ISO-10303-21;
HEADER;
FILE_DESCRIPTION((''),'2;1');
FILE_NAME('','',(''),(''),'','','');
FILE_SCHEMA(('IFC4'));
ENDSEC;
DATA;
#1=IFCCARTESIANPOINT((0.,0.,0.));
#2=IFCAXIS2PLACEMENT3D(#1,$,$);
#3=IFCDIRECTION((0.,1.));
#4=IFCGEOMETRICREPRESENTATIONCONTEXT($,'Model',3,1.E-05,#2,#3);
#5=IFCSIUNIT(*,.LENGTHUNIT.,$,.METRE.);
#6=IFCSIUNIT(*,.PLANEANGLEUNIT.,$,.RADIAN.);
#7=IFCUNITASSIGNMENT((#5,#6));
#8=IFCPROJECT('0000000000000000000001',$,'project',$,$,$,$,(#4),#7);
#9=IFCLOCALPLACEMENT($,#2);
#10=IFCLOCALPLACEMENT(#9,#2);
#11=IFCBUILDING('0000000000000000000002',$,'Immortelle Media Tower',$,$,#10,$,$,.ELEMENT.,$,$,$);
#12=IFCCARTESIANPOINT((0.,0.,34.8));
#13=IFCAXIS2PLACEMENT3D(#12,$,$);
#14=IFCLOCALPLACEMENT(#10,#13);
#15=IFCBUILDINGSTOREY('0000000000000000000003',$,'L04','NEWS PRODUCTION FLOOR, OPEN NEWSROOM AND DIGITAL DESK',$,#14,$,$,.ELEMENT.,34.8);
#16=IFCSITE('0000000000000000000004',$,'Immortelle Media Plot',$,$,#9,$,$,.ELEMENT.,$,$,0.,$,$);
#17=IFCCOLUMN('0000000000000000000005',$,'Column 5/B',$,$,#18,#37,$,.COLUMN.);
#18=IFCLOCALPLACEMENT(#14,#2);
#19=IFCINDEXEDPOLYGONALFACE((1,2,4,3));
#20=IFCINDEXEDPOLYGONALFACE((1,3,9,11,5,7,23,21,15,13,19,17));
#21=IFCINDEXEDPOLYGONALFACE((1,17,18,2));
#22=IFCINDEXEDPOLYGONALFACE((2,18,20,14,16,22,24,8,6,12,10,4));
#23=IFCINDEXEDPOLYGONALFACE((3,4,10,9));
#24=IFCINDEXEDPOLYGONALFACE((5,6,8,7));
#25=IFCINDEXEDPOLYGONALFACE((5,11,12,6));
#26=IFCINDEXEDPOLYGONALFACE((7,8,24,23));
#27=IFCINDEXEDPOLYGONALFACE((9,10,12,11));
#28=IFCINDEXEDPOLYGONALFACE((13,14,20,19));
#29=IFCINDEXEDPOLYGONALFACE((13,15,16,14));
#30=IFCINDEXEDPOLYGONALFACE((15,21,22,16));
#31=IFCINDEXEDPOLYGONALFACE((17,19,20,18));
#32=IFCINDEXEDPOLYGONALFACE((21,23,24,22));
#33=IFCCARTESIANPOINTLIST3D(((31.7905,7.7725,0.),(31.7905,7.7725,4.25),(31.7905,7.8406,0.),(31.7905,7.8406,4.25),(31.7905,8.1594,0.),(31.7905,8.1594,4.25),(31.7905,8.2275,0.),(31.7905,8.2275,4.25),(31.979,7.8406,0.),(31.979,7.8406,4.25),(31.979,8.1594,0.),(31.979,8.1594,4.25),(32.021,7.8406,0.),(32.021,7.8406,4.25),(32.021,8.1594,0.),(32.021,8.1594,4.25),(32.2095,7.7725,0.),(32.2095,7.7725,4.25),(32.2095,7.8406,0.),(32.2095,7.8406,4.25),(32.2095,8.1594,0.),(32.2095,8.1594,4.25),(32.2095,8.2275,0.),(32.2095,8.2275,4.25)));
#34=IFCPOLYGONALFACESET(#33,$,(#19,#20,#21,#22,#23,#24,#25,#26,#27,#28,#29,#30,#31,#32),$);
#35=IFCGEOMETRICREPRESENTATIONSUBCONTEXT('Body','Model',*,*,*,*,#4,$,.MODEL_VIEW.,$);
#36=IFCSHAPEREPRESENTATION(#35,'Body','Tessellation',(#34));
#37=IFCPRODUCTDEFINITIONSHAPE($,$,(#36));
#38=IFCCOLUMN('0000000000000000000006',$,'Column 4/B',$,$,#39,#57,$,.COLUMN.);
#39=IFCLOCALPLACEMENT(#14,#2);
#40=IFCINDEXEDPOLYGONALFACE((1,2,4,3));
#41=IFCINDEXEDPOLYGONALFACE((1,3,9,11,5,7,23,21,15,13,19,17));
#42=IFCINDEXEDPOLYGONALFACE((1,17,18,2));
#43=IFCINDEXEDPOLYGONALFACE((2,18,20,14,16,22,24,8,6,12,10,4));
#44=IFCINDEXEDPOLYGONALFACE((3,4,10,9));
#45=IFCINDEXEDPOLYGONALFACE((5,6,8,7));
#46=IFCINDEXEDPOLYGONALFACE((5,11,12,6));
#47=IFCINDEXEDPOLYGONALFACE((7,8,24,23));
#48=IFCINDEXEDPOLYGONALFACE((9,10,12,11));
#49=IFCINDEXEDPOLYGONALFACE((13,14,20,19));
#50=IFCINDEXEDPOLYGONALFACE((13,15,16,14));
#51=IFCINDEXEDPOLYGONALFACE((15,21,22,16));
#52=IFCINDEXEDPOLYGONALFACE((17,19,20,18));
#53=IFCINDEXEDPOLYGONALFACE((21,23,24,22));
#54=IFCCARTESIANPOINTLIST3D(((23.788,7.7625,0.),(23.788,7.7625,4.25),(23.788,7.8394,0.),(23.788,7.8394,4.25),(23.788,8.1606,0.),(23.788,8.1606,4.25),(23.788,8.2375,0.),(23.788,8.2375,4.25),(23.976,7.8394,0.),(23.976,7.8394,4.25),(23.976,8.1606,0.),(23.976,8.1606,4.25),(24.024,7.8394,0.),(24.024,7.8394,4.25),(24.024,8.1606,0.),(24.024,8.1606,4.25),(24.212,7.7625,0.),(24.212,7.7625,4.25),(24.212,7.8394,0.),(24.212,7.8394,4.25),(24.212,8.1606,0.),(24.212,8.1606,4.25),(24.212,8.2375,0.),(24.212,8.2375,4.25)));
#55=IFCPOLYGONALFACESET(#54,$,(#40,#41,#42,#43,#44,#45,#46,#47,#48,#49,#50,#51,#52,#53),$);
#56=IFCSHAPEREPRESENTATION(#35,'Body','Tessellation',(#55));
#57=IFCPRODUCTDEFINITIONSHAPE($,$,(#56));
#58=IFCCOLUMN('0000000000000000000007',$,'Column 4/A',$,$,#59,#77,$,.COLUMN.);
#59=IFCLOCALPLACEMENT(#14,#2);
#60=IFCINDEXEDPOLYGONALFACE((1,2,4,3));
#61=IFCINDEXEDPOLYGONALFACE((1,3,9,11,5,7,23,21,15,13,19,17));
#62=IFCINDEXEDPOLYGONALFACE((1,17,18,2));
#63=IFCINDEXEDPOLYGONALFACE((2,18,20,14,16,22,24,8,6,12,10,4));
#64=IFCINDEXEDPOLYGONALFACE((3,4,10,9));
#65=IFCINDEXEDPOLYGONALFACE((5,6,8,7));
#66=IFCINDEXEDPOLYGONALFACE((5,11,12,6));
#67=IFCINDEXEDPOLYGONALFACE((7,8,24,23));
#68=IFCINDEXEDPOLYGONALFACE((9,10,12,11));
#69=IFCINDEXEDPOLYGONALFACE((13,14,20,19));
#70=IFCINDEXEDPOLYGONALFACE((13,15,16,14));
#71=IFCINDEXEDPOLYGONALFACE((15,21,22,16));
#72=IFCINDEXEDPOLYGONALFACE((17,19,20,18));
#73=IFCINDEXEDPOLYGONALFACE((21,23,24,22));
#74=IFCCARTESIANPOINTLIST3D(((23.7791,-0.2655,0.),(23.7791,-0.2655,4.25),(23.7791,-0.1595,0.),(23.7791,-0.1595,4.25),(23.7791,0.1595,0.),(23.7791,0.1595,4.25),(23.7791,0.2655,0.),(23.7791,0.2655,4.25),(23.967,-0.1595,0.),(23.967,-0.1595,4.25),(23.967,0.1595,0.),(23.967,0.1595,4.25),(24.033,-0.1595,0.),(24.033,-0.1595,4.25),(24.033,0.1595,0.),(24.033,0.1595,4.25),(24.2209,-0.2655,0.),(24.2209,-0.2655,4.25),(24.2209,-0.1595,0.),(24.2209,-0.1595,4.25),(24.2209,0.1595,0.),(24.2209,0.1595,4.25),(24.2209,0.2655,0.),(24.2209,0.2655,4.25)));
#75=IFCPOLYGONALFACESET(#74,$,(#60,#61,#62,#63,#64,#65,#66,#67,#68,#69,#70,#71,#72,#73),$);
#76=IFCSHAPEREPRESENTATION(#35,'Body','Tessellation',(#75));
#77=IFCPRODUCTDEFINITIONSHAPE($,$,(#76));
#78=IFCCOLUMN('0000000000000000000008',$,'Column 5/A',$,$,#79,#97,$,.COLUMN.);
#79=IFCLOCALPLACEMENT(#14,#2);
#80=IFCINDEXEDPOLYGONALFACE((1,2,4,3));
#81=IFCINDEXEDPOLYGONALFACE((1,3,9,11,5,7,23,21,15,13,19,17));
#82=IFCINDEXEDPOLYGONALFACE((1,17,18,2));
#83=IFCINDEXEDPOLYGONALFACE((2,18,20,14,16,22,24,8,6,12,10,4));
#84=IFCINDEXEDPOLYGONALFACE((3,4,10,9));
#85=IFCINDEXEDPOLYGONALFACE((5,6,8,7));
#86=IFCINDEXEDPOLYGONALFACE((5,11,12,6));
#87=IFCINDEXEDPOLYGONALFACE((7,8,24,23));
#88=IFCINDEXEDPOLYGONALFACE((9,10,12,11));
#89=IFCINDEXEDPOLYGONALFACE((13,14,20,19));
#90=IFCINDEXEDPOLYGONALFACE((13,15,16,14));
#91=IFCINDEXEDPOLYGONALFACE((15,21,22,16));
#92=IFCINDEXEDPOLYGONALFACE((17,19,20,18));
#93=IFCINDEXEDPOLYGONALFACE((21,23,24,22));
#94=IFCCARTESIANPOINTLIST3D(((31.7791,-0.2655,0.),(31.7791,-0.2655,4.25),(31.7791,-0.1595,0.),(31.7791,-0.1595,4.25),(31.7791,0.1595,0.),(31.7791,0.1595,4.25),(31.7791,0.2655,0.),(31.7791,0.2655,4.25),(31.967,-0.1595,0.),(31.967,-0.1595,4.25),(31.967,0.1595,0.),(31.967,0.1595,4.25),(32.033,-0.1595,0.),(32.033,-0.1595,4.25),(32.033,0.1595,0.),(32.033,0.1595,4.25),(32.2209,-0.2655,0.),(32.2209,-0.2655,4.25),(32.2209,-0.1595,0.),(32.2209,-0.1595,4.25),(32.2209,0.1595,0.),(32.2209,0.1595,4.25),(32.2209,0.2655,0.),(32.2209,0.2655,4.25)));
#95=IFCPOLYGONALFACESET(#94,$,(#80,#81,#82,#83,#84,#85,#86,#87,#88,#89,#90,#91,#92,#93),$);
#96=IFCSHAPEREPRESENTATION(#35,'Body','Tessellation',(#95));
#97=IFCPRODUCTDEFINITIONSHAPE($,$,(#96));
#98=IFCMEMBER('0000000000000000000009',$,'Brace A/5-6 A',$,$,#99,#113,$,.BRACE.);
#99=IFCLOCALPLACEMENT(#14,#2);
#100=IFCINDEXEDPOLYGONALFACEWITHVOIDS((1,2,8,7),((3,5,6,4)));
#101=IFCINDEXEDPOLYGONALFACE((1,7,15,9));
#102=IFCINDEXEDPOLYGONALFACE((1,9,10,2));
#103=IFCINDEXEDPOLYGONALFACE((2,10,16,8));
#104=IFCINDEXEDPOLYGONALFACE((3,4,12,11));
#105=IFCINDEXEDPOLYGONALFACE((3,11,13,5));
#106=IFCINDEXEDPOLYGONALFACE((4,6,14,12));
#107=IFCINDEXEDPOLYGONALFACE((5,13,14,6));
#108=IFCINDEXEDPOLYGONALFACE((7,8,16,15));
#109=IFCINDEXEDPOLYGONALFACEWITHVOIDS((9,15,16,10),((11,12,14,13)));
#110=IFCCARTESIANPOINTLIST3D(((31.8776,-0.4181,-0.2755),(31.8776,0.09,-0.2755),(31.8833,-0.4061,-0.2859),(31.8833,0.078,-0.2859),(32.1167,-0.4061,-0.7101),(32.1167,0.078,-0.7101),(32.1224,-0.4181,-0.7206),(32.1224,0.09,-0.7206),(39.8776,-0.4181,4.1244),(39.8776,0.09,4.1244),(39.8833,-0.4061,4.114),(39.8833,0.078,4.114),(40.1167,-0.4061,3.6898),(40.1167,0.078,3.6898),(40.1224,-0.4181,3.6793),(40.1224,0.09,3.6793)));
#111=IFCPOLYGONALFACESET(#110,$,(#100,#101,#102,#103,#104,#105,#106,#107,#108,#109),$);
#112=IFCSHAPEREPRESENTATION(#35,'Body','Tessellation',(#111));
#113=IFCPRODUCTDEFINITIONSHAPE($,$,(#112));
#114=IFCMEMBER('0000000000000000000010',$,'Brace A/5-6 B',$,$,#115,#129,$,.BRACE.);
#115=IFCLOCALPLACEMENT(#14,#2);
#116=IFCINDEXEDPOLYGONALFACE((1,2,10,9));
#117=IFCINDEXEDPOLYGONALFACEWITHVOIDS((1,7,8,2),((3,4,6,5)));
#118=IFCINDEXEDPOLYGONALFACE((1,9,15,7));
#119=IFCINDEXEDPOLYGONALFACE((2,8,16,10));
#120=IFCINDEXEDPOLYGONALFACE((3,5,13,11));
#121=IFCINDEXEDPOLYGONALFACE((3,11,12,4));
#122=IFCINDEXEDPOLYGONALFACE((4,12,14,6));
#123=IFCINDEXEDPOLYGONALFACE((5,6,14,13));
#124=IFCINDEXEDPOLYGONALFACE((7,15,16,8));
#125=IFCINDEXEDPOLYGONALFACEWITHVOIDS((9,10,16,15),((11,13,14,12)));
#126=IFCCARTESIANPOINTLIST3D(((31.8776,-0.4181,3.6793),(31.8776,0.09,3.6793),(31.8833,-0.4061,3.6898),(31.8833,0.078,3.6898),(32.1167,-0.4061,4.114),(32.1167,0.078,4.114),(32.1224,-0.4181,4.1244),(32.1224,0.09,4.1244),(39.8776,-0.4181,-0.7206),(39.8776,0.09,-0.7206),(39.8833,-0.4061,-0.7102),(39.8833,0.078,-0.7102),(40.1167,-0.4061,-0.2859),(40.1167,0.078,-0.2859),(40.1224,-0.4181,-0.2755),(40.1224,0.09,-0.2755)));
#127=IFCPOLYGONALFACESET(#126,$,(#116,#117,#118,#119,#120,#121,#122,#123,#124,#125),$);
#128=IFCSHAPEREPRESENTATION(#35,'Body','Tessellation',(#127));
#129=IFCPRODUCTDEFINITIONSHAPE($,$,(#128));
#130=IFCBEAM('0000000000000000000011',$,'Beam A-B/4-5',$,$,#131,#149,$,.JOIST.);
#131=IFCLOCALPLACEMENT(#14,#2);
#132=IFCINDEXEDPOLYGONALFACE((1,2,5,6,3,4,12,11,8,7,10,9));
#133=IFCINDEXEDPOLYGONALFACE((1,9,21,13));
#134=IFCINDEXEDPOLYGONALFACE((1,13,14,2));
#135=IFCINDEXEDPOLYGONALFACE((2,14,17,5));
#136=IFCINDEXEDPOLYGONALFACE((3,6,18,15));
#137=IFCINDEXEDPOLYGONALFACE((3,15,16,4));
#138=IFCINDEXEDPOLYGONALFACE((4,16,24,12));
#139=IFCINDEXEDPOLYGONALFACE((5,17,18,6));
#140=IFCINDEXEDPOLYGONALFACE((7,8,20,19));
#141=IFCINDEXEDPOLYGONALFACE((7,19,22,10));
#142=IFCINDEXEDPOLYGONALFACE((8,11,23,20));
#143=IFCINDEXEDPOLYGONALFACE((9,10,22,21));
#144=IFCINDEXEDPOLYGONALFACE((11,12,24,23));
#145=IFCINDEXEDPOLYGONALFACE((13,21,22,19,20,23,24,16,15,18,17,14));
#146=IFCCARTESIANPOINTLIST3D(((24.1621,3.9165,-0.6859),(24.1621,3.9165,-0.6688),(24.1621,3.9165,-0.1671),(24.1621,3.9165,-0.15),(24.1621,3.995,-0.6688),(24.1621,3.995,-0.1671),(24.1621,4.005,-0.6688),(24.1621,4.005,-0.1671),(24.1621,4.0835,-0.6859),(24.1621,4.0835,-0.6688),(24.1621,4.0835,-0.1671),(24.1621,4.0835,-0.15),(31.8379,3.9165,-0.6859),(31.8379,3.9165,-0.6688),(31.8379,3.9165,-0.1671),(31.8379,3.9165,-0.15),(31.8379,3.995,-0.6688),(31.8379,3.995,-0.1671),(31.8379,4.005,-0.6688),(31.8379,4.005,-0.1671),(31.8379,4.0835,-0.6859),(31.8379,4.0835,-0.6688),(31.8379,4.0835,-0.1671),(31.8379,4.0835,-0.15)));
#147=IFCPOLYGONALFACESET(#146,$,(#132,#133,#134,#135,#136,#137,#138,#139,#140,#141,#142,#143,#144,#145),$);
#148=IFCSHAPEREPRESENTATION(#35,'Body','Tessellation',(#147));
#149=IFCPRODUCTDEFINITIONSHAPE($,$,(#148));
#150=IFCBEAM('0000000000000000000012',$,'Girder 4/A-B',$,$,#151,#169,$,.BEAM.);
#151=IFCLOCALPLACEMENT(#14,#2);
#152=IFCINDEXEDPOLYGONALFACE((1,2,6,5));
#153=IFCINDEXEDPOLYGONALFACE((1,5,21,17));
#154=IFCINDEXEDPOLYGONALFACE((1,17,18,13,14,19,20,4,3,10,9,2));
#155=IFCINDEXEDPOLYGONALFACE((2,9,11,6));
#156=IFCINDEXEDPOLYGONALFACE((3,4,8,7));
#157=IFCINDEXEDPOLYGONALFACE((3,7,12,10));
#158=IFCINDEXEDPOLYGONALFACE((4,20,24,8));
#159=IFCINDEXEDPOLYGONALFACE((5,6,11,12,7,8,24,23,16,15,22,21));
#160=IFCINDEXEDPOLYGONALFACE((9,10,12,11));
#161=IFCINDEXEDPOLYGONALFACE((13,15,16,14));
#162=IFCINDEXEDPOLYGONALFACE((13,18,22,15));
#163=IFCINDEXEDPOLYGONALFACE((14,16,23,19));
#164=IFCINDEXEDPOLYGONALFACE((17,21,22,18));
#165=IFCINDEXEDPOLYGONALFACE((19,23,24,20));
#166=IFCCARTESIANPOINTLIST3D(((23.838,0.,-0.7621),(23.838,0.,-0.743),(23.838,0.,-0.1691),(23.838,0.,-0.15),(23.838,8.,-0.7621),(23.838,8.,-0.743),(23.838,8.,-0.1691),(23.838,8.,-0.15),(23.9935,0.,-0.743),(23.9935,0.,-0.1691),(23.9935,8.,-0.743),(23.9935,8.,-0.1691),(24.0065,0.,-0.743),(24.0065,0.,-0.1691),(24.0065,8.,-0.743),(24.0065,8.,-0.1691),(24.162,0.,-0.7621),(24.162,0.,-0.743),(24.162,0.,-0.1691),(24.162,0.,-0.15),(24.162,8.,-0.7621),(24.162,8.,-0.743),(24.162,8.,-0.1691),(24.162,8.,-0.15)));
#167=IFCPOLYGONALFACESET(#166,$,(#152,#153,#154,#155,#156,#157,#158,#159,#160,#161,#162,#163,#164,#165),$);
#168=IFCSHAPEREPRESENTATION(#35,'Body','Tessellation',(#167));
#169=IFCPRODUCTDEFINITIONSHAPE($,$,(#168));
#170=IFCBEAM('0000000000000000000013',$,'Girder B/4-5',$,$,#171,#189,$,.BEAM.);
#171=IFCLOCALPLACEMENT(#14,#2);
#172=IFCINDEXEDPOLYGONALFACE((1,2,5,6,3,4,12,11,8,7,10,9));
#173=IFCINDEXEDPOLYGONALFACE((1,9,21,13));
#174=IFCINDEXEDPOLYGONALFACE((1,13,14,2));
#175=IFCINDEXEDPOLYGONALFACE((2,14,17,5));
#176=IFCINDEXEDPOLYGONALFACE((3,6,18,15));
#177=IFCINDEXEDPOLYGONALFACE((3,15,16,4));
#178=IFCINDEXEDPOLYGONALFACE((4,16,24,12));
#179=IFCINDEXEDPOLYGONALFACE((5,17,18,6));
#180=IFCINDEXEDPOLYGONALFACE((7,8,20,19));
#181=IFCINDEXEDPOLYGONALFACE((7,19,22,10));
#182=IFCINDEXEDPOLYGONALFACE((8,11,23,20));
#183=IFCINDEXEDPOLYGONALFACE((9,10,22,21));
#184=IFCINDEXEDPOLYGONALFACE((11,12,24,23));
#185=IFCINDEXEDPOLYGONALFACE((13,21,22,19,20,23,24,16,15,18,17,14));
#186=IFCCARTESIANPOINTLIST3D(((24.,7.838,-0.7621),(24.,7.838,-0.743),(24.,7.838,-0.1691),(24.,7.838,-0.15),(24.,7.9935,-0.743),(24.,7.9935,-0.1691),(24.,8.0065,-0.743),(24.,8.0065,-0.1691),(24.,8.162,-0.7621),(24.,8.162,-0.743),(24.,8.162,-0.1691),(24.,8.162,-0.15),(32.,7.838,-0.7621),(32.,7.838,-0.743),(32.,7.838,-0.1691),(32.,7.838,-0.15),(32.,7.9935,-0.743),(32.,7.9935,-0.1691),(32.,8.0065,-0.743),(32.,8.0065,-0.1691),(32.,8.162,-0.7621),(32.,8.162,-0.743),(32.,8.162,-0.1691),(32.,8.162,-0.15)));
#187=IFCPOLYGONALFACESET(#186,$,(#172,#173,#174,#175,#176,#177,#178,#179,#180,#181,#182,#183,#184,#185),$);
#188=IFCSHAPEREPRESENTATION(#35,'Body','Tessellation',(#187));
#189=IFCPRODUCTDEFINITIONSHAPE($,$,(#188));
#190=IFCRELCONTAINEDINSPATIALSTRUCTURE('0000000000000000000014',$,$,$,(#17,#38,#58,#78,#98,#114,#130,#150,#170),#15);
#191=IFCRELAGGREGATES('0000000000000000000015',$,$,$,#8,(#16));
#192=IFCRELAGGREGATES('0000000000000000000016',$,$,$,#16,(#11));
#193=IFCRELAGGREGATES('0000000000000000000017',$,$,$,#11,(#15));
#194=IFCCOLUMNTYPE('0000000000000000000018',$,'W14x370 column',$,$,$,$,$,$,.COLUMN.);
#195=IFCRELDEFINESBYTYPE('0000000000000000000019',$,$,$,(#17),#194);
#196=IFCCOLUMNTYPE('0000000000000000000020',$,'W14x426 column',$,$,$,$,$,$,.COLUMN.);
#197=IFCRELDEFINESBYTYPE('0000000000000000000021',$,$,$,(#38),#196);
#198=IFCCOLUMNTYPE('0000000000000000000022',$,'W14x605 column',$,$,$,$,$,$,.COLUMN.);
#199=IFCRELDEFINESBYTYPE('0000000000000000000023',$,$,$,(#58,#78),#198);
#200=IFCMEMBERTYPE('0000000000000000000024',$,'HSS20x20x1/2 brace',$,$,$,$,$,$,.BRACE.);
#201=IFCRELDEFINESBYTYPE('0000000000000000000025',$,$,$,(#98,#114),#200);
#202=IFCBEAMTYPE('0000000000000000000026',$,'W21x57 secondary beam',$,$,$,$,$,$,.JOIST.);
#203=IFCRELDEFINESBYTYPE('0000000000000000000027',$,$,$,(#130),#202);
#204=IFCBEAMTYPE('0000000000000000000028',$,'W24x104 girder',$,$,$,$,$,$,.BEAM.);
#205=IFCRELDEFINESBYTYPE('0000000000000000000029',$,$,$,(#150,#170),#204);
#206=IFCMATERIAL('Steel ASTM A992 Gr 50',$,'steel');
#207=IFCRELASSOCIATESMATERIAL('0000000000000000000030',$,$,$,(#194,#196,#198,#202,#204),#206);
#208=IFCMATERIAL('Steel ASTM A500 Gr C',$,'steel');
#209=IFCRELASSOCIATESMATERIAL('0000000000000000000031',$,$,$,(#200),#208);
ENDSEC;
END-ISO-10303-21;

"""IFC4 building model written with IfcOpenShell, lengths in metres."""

from ifc_helpers import new_model, si_unit, direction, frame, origin, origin_2d, place, context, subcontext, project, spatial, hollow_rectangle, i_section, extrude, material, material_profile, profile_set, type_object, element, save


model = new_model("IFC4")

# Units and contexts
model_context = context("Model", 3, precision=1e-05, world=origin(), true_north=direction((0.0, 1.0)))
body_context = subcontext(model_context, "Body", "Model", "MODEL_VIEW")
ifc_project = project(units=[si_unit("LENGTHUNIT", "METRE"), si_unit("PLANEANGLEUNIT", "RADIAN")], contexts=[model_context])

# Site, building, storey
site_placement = place(None, origin())
site = spatial("IfcSite", under=ifc_project, at=site_placement, Name="Immortelle Media Plot", CompositionType="ELEMENT", RefElevation=0.0)
building_placement = place(site_placement, origin())
building = spatial("IfcBuilding", under=site, at=building_placement, Name="Immortelle Media Tower", CompositionType="ELEMENT")
storey_placement = place(building_placement, frame((0.0, 0.0, 34.8)))
storey = spatial("IfcBuildingStorey", under=building, at=storey_placement, Name="L04", Description="NEWS PRODUCTION FLOOR, OPEN NEWSROOM AND DIGITAL DESK", CompositionType="ELEMENT", Elevation=34.8)

# Columns
ifc_material_1 = material(Name="Steel ASTM A992 Gr 50", Category="steel")
ifc_material_profile_1 = material_profile(ifc_material_1, i_section(OverallWidth=0.4189, OverallDepth=0.4551, WebThickness=0.042, FlangeThickness=0.0681, at=origin_2d()), Name="W14x370")
ifc_profile_set_1 = profile_set([ifc_material_profile_1], Name="Steel ASTM A992 Gr 50")
column_type_1 = type_object("IfcColumnType", Name="W14x370 column", PredefinedType="COLUMN", material=ifc_profile_set_1)
column_1_placement = place(storey_placement, frame((32.0, 8.0, 0.0), z_axis=(0.0, 0.0, 1.0), x_axis=(1.0, 0.0, 0.0)))
element("IfcColumn", 1, at=column_1_placement, inside=storey, type_object=column_type_1, Name="Column 5/B", PredefinedType="COLUMN", context=body_context, shape_type="SweptSolid", body=[
    extrude(i_section(OverallWidth=0.4189, OverallDepth=0.4551, WebThickness=0.042, FlangeThickness=0.0681, at=origin_2d()), origin(), (0.0, 0.0, 1.0), 4.25),
])
ifc_material_profile_2 = material_profile(ifc_material_1, i_section(OverallWidth=0.4241, OverallDepth=0.4751, WebThickness=0.0481, FlangeThickness=0.0769, at=origin_2d()), Name="W14x426")
ifc_profile_set_2 = profile_set([ifc_material_profile_2], Name="Steel ASTM A992 Gr 50")
column_type_2 = type_object("IfcColumnType", Name="W14x426 column", PredefinedType="COLUMN", material=ifc_profile_set_2)
column_2_placement = place(storey_placement, frame((24.0, 8.0, 0.0), z_axis=(0.0, 0.0, 1.0), x_axis=(1.0, 0.0, 0.0)))
element("IfcColumn", 2, at=column_2_placement, inside=storey, type_object=column_type_2, Name="Column 4/B", PredefinedType="COLUMN", context=body_context, shape_type="SweptSolid", body=[
    extrude(i_section(OverallWidth=0.4241, OverallDepth=0.4751, WebThickness=0.0481, FlangeThickness=0.0769, at=origin_2d()), origin(), (0.0, 0.0, 1.0), 4.25),
])
ifc_material_profile_3 = material_profile(ifc_material_1, i_section(OverallWidth=0.4419, OverallDepth=0.531, WebThickness=0.0659, FlangeThickness=0.106, at=origin_2d()), Name="W14x605")
ifc_profile_set_3 = profile_set([ifc_material_profile_3], Name="Steel ASTM A992 Gr 50")
column_type_3 = type_object("IfcColumnType", Name="W14x605 column", PredefinedType="COLUMN", material=ifc_profile_set_3)
for number, where, z_axis, x_axis, name in (
    (3, (24.0, 0.0, 0.0), (0.0, 0.0, 1.0), (1.0, 0.0, 0.0), "Column 4/A"),
    (4, (32.0, 0.0, 0.0), (0.0, 0.0, 1.0), (1.0, 0.0, 0.0), "Column 5/A"),
):
    element("IfcColumn", number, at=place(storey_placement, frame(where, z_axis=z_axis, x_axis=x_axis)), inside=storey, type_object=column_type_3, Name=name, PredefinedType="COLUMN", context=body_context, shape_type="SweptSolid", body=[
        extrude(i_section(OverallWidth=0.4419, OverallDepth=0.531, WebThickness=0.0659, FlangeThickness=0.106, at=origin_2d()), origin(), (0.0, 0.0, 1.0), 4.25),
    ])

# Members
ifc_material_2 = material(Name="Steel ASTM A500 Gr C", Category="steel")
ifc_material_profile_4 = material_profile(ifc_material_2, hollow_rectangle(XDim=0.5081, YDim=0.5081, WallThickness=0.012, at=origin_2d()), Name="HSS20x20x1/2 brace")
ifc_profile_set_4 = profile_set([ifc_material_profile_4], Name="Steel ASTM A500 Gr C")
member_type = type_object("IfcMemberType", Name="HSS20x20x1/2 brace", PredefinedType="BRACE", material=ifc_profile_set_4)
for number, where, z_axis, x_axis, name in (
    (5, (32.0, -0.1641, -0.498), (0.87622, 0.0, 0.481911), (0.0, 1.0, 0.0), "Brace A/5-6 A"),
    (6, (32.0, -0.1641, 3.9019), (0.87622, 0.0, -0.481911), (0.0, 1.0, 0.0), "Brace A/5-6 B"),
):
    element("IfcMember", number, at=place(storey_placement, frame(where, z_axis=z_axis, x_axis=x_axis)), inside=storey, type_object=member_type, Name=name, PredefinedType="BRACE", context=body_context, shape_type="SweptSolid", body=[
        extrude(hollow_rectangle(XDim=0.5081, YDim=0.5081, WallThickness=0.012, at=origin_2d()), origin(), (0.0, 0.0, 1.0), 9.1301),
    ])

# Beams
ifc_material_profile_5 = material_profile(ifc_material_1, i_section(OverallWidth=0.167, OverallDepth=0.5359, WebThickness=0.01, FlangeThickness=0.0171, at=origin_2d()), Name="W21x57")
ifc_profile_set_5 = profile_set([ifc_material_profile_5], Name="Steel ASTM A992 Gr 50")
beam_type_1 = type_object("IfcBeamType", Name="W21x57 secondary beam", PredefinedType="JOIST", material=ifc_profile_set_5)
beam_placement = place(storey_placement, frame((24.1621, 4.0, -0.418), z_axis=(1.0, 0.0, 0.0), x_axis=(0.0, 1.0, 0.0)))
element("IfcBeam", 7, at=beam_placement, inside=storey, type_object=beam_type_1, Name="Beam A-B/4-5", PredefinedType="JOIST", context=body_context, shape_type="SweptSolid", body=[
    extrude(i_section(OverallWidth=0.167, OverallDepth=0.5359, WebThickness=0.01, FlangeThickness=0.0171, at=origin_2d()), origin(), (0.0, 0.0, 1.0), 7.6758),
])
ifc_material_profile_6 = material_profile(ifc_material_1, i_section(OverallWidth=0.324, OverallDepth=0.6121, WebThickness=0.0129, FlangeThickness=0.019, at=origin_2d()), Name="W24x104")
ifc_profile_set_6 = profile_set([ifc_material_profile_6], Name="Steel ASTM A992 Gr 50")
beam_type_2 = type_object("IfcBeamType", Name="W24x104 girder", PredefinedType="BEAM", material=ifc_profile_set_6)
for number, where, z_axis, x_axis, name in (
    (8, (24.0, 0.0, -0.4561), (0.0, 1.0, 0.0), (-1.0, 0.0, 0.0), "Girder 4/A-B"),
    (9, (24.0, 8.0, -0.4561), (1.0, 0.0, 0.0), (0.0, 1.0, 0.0), "Girder B/4-5"),
):
    element("IfcBeam", number, at=place(storey_placement, frame(where, z_axis=z_axis, x_axis=x_axis)), inside=storey, type_object=beam_type_2, Name=name, PredefinedType="BEAM", context=body_context, shape_type="SweptSolid", body=[
        extrude(i_section(OverallWidth=0.324, OverallDepth=0.6121, WebThickness=0.0129, FlangeThickness=0.019, at=origin_2d()), origin(), (0.0, 0.0, 1.0), 8.0),
    ])

save(model, "model.ifc")
